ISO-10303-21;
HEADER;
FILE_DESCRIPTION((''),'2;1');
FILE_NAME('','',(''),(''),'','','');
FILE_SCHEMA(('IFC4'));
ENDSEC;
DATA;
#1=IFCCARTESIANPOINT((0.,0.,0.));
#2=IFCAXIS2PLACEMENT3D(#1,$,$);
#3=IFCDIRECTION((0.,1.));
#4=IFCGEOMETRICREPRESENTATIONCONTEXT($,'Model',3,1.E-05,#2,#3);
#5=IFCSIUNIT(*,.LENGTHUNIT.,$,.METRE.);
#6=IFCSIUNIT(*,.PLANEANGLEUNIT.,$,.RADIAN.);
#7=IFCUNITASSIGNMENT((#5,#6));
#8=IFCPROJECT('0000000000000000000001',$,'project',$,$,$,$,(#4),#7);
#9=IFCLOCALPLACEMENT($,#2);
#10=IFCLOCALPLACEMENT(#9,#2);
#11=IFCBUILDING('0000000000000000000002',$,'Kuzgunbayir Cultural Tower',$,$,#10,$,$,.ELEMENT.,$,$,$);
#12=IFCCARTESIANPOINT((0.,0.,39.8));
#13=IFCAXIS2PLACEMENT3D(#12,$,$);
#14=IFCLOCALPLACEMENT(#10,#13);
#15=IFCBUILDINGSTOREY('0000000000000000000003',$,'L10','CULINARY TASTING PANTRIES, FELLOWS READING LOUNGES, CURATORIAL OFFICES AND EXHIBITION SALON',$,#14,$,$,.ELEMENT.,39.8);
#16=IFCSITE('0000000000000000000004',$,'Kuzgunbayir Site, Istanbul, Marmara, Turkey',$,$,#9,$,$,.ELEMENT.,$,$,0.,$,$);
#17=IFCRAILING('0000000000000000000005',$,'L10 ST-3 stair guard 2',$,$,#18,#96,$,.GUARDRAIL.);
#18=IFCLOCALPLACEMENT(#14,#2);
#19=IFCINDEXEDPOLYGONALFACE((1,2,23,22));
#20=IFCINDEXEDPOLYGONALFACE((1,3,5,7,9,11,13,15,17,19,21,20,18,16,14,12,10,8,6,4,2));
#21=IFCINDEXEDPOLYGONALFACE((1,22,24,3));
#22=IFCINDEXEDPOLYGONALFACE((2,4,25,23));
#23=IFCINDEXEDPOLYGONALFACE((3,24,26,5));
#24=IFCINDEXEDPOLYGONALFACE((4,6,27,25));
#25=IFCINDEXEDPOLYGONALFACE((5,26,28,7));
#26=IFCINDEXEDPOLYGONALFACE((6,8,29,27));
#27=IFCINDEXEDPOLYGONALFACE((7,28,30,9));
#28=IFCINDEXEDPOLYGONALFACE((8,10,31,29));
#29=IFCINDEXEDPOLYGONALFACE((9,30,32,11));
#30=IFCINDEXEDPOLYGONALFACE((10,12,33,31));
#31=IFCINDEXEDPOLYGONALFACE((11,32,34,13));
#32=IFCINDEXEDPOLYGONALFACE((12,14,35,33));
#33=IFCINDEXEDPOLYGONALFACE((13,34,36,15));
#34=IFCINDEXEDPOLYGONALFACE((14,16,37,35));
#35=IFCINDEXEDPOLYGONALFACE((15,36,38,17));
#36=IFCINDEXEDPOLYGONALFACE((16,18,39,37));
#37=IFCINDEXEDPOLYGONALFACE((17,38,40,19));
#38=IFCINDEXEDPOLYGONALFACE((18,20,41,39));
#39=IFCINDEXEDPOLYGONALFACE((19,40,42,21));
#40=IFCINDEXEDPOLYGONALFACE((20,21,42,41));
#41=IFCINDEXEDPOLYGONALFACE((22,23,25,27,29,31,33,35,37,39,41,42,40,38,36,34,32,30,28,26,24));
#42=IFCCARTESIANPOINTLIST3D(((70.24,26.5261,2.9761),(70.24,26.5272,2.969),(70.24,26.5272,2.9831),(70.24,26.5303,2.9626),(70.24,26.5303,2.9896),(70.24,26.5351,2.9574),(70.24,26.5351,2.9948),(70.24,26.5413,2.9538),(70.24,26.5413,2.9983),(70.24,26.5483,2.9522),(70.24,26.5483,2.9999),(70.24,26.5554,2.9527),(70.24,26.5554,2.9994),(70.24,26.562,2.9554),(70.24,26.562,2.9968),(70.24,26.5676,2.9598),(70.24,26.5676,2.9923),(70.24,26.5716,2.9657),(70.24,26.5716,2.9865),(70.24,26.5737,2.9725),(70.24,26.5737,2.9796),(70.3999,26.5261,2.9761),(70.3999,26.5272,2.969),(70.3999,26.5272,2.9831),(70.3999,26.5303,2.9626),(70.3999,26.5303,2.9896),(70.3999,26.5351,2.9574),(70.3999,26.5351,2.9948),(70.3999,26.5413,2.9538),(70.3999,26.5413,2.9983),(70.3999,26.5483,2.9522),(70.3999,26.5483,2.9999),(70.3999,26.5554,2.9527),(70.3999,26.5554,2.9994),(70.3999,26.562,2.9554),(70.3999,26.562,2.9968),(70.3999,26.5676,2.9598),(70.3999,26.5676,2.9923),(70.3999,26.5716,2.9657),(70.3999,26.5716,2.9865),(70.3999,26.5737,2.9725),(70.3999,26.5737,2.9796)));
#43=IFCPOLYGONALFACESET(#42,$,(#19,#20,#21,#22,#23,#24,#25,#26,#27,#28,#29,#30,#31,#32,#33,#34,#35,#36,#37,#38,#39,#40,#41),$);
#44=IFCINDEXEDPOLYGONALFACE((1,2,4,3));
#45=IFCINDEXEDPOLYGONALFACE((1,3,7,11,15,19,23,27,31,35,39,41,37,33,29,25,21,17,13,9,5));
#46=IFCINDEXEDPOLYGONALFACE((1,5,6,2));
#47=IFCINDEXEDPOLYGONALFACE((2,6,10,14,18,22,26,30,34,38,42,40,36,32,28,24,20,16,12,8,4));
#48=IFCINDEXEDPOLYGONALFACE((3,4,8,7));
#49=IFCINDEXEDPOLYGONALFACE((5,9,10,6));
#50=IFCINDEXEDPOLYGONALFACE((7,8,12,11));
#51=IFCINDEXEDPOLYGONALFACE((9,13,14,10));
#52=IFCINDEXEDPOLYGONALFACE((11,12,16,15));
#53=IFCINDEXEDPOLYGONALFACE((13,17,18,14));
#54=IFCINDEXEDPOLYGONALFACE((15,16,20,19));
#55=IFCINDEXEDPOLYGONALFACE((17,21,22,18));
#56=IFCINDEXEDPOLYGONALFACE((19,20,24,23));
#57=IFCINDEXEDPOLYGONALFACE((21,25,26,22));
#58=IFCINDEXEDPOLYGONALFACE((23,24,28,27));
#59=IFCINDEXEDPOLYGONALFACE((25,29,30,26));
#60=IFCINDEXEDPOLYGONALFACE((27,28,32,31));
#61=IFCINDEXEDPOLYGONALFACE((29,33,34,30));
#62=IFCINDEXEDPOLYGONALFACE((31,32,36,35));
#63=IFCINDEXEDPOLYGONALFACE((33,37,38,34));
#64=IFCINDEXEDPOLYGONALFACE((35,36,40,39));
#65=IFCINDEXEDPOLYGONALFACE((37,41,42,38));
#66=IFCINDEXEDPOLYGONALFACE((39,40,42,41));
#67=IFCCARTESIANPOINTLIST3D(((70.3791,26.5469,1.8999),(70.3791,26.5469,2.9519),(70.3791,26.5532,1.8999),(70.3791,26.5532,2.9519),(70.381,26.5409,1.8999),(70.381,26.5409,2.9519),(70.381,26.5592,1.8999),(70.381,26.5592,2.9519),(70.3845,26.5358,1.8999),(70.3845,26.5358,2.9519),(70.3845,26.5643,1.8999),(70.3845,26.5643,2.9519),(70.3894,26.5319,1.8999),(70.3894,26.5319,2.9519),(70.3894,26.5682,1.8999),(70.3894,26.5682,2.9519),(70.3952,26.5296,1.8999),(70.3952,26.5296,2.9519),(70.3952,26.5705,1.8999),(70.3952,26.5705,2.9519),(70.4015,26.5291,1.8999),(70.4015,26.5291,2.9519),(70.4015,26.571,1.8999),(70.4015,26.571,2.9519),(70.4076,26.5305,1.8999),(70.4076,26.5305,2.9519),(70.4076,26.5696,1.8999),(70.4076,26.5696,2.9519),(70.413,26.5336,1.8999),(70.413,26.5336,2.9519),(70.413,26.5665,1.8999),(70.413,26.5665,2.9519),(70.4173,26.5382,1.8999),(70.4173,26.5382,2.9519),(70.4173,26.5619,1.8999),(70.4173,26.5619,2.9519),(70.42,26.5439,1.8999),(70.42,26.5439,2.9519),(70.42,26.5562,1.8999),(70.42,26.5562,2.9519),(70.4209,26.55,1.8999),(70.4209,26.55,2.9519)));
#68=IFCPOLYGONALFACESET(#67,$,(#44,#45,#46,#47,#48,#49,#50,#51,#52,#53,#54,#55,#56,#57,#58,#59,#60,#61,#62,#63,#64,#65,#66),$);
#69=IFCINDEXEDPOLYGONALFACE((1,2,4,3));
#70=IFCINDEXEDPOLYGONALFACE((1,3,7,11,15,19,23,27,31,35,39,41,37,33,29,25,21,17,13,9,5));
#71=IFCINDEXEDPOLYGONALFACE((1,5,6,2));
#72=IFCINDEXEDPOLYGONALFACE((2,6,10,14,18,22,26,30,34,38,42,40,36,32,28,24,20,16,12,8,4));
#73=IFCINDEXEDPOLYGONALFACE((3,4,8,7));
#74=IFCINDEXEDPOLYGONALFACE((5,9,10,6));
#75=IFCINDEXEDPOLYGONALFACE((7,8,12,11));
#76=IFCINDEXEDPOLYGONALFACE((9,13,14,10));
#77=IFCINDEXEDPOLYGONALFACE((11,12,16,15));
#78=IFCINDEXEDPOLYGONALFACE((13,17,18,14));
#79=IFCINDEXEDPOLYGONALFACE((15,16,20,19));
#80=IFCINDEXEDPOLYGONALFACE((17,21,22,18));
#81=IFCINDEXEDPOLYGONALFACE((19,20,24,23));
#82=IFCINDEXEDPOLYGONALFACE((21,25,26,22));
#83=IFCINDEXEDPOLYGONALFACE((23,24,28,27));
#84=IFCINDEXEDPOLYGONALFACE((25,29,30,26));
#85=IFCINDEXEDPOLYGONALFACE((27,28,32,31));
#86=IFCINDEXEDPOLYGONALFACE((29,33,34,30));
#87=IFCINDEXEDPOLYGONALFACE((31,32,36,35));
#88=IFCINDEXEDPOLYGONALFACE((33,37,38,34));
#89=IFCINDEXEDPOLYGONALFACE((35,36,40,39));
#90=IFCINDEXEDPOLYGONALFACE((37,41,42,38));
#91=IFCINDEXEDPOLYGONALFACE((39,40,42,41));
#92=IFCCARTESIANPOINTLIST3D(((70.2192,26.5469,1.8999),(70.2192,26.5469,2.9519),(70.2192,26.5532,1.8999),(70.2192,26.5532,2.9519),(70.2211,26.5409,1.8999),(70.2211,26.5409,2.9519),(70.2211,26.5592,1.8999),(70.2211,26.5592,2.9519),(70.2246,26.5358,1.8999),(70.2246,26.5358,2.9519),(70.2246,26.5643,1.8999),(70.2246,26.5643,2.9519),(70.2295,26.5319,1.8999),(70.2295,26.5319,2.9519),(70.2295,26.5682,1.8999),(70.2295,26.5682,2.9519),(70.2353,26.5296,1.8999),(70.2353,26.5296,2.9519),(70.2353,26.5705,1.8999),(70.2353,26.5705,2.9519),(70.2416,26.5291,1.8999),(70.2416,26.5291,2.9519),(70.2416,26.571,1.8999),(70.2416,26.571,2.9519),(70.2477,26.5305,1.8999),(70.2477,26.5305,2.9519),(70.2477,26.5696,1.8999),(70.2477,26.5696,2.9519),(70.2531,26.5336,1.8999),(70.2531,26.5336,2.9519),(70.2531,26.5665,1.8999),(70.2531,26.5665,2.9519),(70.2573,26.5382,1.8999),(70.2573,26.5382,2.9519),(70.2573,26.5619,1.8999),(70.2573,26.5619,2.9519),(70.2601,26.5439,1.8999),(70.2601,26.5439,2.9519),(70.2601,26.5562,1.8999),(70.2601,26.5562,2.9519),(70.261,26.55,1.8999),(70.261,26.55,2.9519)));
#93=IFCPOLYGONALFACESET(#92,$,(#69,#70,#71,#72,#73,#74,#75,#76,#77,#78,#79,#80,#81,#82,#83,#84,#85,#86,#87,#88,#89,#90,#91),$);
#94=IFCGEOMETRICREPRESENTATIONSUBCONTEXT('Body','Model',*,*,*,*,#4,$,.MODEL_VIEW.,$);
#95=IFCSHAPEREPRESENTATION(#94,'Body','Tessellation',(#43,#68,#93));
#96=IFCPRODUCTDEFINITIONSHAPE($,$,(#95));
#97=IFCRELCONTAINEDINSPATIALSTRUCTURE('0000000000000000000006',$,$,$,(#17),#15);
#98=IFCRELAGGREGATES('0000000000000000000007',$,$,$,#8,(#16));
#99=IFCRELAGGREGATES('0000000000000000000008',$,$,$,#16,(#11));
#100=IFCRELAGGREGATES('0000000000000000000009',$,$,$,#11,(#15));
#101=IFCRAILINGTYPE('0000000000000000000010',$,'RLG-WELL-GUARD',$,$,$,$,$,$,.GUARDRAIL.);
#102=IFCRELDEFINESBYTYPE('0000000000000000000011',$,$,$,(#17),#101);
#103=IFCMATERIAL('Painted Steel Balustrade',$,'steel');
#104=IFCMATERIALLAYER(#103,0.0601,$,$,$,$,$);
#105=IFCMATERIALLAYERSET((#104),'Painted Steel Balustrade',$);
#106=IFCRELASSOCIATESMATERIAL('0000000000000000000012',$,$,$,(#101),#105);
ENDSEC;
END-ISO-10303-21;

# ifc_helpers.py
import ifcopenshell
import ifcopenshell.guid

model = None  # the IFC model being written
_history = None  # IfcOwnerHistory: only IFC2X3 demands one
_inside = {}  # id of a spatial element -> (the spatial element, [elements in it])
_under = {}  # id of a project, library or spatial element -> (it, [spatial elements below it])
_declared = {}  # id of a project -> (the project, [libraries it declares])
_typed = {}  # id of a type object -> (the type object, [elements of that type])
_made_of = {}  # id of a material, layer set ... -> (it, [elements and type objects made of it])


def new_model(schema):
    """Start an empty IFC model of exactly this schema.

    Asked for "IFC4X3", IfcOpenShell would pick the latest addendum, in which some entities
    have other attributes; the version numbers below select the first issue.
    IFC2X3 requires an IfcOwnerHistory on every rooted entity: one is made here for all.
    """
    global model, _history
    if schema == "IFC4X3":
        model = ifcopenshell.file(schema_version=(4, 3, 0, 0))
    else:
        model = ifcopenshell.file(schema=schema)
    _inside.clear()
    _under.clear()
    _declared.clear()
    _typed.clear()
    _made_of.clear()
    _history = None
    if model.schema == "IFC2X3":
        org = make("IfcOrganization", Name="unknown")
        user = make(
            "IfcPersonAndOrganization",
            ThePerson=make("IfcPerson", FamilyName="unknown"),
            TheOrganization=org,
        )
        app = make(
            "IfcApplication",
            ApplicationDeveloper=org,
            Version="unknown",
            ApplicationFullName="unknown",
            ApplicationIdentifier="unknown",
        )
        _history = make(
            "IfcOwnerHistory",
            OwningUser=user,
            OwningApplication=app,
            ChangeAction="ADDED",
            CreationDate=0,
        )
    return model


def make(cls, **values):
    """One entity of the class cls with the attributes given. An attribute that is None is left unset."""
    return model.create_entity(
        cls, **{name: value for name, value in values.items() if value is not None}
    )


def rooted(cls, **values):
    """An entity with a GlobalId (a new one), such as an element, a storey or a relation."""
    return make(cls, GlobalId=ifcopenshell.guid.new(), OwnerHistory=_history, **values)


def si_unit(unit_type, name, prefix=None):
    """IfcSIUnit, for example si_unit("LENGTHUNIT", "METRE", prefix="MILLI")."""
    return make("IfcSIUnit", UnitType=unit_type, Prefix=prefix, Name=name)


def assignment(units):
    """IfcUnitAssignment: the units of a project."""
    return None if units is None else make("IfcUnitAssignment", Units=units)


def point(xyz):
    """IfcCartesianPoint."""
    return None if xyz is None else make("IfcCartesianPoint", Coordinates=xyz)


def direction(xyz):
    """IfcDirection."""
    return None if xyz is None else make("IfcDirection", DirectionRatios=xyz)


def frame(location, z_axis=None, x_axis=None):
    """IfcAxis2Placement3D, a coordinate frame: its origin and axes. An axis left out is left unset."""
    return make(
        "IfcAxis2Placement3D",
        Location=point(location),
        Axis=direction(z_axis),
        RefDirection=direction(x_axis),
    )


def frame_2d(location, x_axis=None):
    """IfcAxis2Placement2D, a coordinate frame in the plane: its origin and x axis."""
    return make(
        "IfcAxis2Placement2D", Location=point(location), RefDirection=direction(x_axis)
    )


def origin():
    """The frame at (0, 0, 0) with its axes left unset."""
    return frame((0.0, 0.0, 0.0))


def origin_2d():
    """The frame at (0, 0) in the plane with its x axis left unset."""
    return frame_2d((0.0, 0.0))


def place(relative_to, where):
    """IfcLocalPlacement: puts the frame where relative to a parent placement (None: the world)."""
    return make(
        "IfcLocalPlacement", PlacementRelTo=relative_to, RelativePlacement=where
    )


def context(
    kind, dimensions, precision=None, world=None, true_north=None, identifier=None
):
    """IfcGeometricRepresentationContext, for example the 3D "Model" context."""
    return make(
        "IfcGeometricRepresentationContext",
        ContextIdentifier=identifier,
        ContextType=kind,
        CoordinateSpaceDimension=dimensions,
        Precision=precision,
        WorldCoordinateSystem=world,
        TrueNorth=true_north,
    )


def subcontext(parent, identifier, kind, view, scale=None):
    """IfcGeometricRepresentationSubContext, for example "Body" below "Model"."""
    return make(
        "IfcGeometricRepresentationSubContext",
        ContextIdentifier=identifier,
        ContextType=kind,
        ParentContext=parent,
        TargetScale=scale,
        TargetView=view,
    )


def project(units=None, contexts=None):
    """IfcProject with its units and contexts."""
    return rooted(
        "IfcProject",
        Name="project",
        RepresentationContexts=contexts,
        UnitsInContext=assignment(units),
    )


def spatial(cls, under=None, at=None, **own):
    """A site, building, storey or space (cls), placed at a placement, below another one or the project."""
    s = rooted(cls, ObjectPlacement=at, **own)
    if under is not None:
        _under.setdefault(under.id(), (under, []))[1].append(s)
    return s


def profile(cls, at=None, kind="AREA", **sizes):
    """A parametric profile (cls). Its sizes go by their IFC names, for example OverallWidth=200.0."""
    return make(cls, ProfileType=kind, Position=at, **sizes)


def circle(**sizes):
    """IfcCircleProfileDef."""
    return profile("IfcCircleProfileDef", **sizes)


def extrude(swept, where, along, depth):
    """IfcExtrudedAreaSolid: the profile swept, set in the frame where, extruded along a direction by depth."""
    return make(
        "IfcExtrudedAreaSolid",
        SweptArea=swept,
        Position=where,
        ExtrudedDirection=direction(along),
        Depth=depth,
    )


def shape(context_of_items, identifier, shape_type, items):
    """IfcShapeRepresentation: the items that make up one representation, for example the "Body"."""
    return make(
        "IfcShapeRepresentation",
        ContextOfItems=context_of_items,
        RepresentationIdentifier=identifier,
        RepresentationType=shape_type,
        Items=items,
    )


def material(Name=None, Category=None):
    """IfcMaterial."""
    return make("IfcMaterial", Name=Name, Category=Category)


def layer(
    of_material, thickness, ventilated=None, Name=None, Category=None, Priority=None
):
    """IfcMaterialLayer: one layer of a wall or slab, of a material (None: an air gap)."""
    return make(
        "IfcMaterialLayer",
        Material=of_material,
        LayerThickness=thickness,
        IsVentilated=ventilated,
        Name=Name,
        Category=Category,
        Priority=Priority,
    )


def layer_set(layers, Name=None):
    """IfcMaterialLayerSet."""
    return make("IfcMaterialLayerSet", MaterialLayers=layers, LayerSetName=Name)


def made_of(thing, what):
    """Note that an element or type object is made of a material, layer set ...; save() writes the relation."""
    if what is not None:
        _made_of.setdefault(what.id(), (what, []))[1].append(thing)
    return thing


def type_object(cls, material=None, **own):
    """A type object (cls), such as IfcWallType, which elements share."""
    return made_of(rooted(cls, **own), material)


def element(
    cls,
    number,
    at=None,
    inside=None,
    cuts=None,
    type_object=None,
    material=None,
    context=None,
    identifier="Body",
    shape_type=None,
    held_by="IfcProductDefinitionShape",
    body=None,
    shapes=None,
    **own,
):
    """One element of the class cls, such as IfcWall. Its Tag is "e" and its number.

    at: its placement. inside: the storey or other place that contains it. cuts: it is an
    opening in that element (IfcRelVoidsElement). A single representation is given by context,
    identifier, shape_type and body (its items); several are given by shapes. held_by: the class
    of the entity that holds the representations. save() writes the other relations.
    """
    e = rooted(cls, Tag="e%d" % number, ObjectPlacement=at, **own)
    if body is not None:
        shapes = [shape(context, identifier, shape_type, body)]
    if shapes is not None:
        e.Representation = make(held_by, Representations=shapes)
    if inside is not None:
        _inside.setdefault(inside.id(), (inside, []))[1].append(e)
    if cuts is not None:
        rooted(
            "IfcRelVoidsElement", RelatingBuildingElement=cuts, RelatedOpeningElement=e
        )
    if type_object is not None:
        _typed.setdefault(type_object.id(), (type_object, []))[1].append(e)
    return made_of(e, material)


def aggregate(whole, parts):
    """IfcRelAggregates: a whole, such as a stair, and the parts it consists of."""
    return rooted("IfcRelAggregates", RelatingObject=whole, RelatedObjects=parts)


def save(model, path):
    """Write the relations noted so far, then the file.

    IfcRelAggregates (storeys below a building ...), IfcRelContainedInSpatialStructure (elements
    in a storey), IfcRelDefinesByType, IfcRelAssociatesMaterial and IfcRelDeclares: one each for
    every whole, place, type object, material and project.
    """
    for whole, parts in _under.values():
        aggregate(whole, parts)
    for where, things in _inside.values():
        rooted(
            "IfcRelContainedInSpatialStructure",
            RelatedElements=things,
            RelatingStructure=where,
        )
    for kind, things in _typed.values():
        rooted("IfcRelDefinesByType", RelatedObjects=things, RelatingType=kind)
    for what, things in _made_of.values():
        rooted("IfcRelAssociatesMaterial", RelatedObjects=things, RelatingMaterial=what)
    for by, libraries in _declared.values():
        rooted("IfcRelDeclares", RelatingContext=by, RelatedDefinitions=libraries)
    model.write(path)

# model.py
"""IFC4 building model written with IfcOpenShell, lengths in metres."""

from ifc_helpers import new_model, si_unit, direction, frame, origin, origin_2d, place, context, subcontext, project, spatial, circle, extrude, material, layer, layer_set, type_object, element, save


model = new_model("IFC4")

# Units and contexts
model_context = context("Model", 3, precision=1e-05, world=origin(), true_north=direction((0.0, 1.0)))
body_context = subcontext(model_context, "Body", "Model", "MODEL_VIEW")
ifc_project = project(units=[si_unit("LENGTHUNIT", "METRE"), si_unit("PLANEANGLEUNIT", "RADIAN")], contexts=[model_context])

# Site, building, storey
site_placement = place(None, origin())
site = spatial("IfcSite", under=ifc_project, at=site_placement, Name="Kuzgunbayir Site, Istanbul, Marmara, Turkey", CompositionType="ELEMENT", RefElevation=0.0)
building_placement = place(site_placement, origin())
building = spatial("IfcBuilding", under=site, at=building_placement, Name="Kuzgunbayir Cultural Tower", CompositionType="ELEMENT")
storey_placement = place(building_placement, frame((0.0, 0.0, 39.8)))
storey = spatial("IfcBuildingStorey", under=building, at=storey_placement, Name="L10", Description="CULINARY TASTING PANTRIES, FELLOWS READING LOUNGES, CURATORIAL OFFICES AND EXHIBITION SALON", CompositionType="ELEMENT", Elevation=39.8)

# Railing
ifc_material_1 = material(Name="Painted Steel Balustrade", Category="steel")
ifc_layer_1 = layer(ifc_material_1, 0.0601)
ifc_layer_set_1 = layer_set([ifc_layer_1], Name="Painted Steel Balustrade")
railing_type_1 = type_object("IfcRailingType", Name="RLG-WELL-GUARD", PredefinedType="GUARDRAIL", material=ifc_layer_set_1)
railing_1_placement = place(storey_placement, frame((70.3999, 26.55, 1.8999)))
element("IfcRailing", 1, at=railing_1_placement, inside=storey, type_object=railing_type_1, Name="L10 ST-3 stair guard 2", PredefinedType="GUARDRAIL", context=body_context, shape_type="SweptSolid", body=[
    extrude(circle(Radius=0.0239, at=origin_2d()), frame((0.0, 0.0, 1.0762), z_axis=(-1.0, 0.0, 0.0), x_axis=(0.0, -1.0, 0.0)), (0.0, 0.0, 1.0), 0.1599),
    extrude(circle(Radius=0.021, at=origin_2d()), origin(), (0.0, 0.0, 1.0), 1.052),
    extrude(circle(Radius=0.021, at=origin_2d()), frame((-0.1599, 0.0, 0.0)), (0.0, 0.0, 1.0), 1.052),
])

save(model, "model.ifc")
